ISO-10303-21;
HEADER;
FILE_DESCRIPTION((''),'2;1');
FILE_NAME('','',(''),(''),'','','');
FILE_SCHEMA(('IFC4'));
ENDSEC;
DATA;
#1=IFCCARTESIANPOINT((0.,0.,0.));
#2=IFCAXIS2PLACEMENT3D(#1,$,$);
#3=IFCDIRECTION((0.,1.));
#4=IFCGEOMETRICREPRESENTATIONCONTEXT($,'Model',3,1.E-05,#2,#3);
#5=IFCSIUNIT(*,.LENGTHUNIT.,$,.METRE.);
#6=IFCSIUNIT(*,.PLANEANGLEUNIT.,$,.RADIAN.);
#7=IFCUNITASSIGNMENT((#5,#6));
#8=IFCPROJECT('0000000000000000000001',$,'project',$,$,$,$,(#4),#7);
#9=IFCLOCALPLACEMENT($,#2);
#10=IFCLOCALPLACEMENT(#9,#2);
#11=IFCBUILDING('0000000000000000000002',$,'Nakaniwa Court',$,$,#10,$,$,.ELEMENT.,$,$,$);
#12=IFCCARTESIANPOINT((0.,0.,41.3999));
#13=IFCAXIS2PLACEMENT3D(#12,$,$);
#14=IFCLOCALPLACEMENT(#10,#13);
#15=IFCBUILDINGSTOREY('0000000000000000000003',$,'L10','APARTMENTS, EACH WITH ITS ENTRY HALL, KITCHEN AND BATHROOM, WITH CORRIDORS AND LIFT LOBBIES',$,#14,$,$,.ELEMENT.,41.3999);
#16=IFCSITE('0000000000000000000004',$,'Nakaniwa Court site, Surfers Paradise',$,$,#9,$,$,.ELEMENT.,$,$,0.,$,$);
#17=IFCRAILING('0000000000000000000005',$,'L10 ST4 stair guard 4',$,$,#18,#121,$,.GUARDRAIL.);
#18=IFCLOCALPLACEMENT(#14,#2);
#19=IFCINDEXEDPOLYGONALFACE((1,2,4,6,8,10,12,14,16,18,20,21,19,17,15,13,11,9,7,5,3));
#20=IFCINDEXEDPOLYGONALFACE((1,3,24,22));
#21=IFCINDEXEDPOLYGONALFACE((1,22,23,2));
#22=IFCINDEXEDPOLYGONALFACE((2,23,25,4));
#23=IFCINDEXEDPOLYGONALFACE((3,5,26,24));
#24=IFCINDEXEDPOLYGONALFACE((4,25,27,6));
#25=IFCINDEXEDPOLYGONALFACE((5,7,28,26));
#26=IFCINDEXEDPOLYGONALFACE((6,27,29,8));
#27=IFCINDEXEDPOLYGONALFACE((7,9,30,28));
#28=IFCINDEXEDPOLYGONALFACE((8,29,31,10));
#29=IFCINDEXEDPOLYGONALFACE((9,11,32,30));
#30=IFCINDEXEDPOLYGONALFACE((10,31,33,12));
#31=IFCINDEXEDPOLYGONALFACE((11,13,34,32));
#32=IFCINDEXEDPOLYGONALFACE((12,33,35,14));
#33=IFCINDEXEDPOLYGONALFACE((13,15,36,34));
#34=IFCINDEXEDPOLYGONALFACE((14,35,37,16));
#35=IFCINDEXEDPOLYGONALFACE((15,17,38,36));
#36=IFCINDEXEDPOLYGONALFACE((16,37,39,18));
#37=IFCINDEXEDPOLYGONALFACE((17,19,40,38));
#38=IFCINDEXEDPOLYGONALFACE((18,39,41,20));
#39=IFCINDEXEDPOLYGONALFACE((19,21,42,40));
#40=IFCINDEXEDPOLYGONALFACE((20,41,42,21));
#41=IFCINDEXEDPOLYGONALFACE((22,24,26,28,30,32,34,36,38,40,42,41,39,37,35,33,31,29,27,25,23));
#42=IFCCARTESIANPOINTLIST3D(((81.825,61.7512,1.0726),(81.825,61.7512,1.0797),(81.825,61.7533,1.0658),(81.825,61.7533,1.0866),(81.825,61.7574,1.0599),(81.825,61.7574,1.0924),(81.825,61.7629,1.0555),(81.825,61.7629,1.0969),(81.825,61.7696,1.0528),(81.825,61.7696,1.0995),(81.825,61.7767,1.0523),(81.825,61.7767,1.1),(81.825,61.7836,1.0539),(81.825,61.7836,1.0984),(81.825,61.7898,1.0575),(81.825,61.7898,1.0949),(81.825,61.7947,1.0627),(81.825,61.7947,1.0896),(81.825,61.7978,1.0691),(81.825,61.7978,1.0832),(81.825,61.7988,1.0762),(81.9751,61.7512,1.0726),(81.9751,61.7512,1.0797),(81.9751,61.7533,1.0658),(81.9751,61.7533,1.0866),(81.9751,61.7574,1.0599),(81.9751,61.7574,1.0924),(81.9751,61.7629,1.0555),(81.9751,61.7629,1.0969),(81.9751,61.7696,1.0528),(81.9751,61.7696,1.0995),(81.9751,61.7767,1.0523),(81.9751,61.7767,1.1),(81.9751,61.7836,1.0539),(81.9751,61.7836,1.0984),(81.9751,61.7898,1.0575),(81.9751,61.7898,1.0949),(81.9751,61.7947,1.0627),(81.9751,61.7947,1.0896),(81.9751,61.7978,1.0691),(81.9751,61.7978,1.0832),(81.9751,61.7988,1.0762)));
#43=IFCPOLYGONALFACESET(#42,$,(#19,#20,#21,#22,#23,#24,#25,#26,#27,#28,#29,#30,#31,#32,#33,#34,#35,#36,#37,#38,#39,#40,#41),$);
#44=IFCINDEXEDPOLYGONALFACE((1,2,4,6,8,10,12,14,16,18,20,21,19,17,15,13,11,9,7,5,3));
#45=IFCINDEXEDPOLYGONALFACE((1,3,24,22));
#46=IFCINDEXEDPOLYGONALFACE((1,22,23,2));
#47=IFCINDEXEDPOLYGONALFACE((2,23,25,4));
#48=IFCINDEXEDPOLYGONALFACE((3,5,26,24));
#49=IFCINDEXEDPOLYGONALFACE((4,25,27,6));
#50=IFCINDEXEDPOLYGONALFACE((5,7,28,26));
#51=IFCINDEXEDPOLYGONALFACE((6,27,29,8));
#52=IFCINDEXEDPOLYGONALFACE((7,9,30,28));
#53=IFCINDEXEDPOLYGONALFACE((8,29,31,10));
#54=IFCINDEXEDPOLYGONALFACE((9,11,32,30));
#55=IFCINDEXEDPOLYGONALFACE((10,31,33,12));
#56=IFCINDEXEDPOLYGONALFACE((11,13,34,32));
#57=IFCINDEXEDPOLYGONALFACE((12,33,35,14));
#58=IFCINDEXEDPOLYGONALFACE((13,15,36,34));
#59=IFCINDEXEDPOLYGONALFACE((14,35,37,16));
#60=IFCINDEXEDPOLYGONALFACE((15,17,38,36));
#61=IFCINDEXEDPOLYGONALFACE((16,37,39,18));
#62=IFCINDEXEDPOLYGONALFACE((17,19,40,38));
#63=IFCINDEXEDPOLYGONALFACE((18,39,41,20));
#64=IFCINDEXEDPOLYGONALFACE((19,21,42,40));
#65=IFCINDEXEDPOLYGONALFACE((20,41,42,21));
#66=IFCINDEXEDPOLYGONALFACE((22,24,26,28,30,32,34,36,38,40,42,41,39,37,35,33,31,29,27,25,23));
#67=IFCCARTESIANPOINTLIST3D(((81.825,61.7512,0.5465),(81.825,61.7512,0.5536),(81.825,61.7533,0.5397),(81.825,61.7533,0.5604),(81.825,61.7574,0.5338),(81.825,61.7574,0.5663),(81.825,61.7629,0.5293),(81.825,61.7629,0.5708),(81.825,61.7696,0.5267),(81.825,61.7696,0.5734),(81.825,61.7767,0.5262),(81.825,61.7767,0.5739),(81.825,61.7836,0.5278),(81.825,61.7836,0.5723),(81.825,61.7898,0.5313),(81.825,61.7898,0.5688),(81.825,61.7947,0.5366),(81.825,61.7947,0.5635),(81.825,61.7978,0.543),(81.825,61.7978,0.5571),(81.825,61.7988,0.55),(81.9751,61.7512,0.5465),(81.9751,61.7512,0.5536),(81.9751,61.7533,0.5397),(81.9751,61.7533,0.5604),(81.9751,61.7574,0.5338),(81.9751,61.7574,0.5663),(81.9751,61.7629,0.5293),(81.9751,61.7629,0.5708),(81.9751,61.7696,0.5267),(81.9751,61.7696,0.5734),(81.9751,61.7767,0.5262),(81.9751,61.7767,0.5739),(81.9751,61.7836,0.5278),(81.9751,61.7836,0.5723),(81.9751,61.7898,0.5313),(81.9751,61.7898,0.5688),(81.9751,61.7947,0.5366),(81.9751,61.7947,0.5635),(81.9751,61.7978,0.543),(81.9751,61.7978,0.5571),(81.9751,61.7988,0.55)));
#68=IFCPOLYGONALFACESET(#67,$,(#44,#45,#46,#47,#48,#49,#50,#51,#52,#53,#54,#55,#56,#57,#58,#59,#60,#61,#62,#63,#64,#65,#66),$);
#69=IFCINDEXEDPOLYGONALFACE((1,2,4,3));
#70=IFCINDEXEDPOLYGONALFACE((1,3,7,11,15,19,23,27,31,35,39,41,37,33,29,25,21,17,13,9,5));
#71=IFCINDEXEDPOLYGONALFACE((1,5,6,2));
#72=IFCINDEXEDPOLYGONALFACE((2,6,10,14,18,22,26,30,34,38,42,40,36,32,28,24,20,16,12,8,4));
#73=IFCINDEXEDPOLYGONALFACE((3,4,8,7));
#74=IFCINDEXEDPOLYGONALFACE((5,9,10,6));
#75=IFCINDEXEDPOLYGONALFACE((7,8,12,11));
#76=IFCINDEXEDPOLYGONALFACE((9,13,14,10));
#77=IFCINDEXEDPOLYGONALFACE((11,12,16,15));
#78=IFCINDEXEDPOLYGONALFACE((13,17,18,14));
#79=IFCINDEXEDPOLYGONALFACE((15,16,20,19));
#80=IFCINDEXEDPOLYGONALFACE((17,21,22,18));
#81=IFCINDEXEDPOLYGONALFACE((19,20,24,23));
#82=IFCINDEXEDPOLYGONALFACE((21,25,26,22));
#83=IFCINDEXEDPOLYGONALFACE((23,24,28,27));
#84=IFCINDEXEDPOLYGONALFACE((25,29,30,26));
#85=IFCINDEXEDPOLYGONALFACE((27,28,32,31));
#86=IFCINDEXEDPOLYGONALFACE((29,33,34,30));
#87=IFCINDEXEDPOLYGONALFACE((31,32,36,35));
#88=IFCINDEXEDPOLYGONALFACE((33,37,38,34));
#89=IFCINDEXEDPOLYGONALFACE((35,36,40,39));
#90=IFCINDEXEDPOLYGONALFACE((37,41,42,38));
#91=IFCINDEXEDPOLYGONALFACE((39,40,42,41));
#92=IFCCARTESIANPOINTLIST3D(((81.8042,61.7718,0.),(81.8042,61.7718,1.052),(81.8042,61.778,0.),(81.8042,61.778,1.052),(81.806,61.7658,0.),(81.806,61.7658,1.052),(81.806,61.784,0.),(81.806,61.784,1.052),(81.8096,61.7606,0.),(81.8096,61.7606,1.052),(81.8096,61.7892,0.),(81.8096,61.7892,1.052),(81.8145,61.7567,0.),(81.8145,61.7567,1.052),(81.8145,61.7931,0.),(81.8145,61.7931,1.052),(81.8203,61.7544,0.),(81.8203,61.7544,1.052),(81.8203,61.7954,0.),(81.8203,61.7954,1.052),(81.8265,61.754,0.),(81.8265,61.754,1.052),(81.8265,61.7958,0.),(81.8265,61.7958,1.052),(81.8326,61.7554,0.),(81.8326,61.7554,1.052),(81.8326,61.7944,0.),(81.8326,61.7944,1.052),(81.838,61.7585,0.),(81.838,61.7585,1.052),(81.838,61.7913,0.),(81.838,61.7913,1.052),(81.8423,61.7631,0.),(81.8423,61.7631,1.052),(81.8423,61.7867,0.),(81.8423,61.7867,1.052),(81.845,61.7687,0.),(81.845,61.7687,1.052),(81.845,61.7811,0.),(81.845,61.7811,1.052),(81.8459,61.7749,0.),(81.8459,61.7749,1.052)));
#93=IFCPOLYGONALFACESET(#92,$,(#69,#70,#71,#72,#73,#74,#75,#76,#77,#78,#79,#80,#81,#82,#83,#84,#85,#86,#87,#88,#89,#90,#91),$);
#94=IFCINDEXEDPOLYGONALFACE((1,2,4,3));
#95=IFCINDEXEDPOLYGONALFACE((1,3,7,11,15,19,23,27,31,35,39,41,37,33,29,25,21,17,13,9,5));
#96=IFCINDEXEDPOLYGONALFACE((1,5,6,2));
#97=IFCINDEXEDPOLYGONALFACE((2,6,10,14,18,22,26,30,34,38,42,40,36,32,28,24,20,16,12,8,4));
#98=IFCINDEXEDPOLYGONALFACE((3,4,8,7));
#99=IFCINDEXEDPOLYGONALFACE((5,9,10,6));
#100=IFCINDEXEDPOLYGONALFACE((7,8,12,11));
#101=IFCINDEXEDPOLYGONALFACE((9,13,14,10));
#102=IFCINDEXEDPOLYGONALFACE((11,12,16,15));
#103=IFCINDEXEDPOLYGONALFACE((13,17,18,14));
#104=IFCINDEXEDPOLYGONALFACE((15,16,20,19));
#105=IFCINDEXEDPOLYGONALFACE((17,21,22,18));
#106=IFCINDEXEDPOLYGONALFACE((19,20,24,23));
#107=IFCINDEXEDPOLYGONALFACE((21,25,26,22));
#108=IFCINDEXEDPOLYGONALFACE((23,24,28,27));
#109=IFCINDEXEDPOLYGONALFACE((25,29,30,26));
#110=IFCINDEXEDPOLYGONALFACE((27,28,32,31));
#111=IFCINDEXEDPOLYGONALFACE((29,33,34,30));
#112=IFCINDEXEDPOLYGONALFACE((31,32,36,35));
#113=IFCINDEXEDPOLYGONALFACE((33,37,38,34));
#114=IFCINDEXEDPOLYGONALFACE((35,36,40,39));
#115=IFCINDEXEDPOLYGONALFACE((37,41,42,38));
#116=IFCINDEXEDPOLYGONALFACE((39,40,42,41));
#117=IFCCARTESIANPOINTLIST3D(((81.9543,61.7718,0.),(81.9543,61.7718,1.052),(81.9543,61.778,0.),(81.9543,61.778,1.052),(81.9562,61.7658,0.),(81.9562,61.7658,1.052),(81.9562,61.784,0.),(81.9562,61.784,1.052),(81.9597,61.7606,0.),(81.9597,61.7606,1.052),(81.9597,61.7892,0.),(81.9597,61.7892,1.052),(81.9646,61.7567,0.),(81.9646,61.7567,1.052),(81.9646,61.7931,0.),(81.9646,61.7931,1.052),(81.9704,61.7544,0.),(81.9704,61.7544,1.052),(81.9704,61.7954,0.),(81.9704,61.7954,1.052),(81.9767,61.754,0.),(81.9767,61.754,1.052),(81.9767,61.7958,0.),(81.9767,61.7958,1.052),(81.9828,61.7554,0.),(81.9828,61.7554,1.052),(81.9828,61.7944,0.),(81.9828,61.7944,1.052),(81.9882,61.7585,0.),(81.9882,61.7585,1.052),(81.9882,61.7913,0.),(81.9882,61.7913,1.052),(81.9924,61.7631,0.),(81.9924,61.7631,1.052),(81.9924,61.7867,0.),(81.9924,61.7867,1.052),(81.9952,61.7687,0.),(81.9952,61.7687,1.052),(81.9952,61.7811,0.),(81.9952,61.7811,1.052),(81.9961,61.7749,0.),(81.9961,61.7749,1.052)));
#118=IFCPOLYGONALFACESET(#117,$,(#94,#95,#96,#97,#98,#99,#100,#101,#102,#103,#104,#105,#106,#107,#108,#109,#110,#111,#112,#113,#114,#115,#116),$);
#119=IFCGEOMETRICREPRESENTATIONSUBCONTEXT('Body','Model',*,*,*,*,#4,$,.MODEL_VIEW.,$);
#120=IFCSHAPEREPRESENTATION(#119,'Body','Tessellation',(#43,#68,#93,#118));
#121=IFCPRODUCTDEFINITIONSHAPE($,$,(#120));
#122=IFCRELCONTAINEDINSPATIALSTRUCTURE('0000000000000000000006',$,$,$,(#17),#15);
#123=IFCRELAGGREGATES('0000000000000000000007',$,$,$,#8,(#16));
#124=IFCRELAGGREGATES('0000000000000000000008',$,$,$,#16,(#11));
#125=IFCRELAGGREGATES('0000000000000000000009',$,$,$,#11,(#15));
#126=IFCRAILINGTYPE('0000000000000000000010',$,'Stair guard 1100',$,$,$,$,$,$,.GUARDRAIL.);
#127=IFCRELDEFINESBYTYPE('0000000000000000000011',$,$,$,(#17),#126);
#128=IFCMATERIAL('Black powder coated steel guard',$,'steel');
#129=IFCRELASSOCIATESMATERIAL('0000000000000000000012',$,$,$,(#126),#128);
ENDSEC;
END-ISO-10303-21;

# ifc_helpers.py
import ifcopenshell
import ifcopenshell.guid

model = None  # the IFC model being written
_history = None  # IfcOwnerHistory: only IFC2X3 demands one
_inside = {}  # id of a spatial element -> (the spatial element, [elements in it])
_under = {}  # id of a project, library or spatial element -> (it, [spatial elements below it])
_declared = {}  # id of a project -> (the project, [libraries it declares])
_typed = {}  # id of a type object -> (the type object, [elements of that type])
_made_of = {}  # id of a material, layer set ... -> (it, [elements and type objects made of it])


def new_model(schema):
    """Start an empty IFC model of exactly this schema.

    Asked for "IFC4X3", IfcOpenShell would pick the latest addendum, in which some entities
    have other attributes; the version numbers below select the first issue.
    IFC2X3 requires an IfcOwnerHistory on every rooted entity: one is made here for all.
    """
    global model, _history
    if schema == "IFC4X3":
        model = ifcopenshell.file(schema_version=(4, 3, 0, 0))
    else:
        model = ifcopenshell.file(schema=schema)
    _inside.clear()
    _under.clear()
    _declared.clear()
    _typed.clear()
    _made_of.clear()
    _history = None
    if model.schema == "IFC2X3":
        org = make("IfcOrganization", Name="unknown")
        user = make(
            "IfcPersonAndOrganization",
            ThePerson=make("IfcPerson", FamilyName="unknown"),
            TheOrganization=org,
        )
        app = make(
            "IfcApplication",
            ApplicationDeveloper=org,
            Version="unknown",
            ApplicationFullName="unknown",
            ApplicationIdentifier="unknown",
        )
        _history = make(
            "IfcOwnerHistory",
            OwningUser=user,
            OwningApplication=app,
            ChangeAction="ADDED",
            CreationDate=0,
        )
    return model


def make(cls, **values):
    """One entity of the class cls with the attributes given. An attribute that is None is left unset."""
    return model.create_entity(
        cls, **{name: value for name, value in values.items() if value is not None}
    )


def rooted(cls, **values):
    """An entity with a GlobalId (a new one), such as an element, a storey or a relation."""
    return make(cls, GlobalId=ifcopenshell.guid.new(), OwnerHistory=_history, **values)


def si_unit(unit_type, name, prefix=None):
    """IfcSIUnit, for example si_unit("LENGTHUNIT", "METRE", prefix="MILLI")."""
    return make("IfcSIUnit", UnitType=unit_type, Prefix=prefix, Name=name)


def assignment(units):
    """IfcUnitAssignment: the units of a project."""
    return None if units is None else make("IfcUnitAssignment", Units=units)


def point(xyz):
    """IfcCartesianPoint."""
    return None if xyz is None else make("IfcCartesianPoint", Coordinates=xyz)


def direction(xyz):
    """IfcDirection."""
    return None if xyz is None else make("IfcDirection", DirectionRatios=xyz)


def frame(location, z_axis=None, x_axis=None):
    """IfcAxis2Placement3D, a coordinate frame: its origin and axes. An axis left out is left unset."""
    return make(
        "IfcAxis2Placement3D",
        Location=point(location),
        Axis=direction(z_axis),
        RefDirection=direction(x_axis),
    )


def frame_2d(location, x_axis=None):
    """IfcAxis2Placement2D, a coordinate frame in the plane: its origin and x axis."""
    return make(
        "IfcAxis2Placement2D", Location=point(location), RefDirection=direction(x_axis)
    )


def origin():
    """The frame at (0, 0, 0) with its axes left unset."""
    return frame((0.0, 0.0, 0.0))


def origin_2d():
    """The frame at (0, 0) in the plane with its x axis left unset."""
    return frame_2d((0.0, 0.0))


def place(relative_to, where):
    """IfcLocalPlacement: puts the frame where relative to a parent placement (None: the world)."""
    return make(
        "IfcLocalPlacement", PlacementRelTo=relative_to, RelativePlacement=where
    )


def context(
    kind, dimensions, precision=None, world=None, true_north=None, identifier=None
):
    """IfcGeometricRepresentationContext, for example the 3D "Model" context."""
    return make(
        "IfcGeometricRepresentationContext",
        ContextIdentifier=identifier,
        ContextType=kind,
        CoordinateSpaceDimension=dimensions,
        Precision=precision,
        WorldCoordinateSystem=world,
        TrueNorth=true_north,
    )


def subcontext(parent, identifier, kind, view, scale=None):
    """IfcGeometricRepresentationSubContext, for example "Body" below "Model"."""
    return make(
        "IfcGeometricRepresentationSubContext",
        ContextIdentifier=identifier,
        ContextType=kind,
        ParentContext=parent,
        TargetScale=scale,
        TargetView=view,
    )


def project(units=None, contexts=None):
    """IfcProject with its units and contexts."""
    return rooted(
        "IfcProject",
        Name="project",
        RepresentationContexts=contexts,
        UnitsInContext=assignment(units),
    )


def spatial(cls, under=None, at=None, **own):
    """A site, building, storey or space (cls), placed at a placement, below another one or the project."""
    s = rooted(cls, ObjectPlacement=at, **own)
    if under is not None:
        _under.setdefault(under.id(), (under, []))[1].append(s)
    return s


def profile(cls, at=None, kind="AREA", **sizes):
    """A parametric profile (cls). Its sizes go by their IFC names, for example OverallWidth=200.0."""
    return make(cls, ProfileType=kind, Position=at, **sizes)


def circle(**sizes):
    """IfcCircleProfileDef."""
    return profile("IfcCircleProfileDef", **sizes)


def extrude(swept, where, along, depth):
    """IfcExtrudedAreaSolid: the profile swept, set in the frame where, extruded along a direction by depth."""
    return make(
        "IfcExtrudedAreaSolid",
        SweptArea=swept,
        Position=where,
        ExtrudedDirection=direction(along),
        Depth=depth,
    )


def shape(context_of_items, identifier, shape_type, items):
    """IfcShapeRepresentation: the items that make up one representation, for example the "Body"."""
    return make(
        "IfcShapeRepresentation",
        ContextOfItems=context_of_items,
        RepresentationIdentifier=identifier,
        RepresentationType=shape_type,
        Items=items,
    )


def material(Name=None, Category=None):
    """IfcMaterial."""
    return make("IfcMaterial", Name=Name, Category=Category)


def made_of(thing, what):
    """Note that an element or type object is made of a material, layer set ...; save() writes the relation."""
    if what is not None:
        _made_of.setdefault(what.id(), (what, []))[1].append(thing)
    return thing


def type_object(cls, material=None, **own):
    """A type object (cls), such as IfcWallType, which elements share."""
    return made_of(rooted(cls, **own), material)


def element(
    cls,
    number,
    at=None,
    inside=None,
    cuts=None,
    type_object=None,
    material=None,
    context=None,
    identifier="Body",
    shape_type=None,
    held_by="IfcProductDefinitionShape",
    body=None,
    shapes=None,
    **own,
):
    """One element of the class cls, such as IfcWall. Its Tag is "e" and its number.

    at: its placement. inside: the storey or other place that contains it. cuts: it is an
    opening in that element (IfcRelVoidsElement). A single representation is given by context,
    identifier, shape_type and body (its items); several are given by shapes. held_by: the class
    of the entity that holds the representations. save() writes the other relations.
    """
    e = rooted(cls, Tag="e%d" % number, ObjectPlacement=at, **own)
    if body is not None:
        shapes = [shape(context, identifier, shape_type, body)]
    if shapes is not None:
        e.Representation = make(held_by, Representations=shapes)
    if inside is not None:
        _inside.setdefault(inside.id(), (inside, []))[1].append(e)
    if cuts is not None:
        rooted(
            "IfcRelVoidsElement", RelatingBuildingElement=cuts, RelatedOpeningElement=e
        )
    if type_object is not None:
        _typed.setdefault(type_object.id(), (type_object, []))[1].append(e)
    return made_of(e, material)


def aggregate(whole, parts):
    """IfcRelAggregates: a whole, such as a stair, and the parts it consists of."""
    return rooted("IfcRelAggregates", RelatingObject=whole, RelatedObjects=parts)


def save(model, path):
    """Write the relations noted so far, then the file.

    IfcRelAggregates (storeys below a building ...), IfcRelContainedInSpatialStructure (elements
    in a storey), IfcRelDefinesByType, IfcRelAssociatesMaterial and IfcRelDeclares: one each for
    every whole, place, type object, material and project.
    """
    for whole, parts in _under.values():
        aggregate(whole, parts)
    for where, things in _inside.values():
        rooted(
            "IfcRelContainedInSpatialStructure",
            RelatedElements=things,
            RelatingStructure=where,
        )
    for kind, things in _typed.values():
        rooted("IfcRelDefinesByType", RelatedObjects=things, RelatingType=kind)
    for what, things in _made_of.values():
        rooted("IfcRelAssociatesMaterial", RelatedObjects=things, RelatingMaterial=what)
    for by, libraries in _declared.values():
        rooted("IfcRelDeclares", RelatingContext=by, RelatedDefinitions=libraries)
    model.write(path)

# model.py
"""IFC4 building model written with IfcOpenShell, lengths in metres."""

from ifc_helpers import new_model, si_unit, direction, frame, origin, origin_2d, place, context, subcontext, project, spatial, circle, extrude, material, type_object, element, save


model = new_model("IFC4")

# Units and contexts
model_context = context("Model", 3, precision=1e-05, world=origin(), true_north=direction((0.0, 1.0)))
body_context = subcontext(model_context, "Body", "Model", "MODEL_VIEW")
ifc_project = project(units=[si_unit("LENGTHUNIT", "METRE"), si_unit("PLANEANGLEUNIT", "RADIAN")], contexts=[model_context])

# Site, building, storey
site_placement = place(None, origin())
site = spatial("IfcSite", under=ifc_project, at=site_placement, Name="Nakaniwa Court site, Surfers Paradise", CompositionType="ELEMENT", RefElevation=0.0)
building_placement = place(site_placement, origin())
building = spatial("IfcBuilding", under=site, at=building_placement, Name="Nakaniwa Court", CompositionType="ELEMENT")
storey_placement = place(building_placement, frame((0.0, 0.0, 41.3999)))
storey = spatial("IfcBuildingStorey", under=building, at=storey_placement, Name="L10", Description="APARTMENTS, EACH WITH ITS ENTRY HALL, KITCHEN AND BATHROOM, WITH CORRIDORS AND LIFT LOBBIES", CompositionType="ELEMENT", Elevation=41.3999)

# Railing
ifc_material_1 = material(Name="Black powder coated steel guard", Category="steel")
railing_type_1 = type_object("IfcRailingType", Name="Stair guard 1100", PredefinedType="GUARDRAIL", material=ifc_material_1)
railing_1_placement = place(storey_placement, frame((81.825, 61.7749, 0.0)))
element("IfcRailing", 1, at=railing_1_placement, inside=storey, type_object=railing_type_1, Name="L10 ST4 stair guard 4", PredefinedType="GUARDRAIL", context=body_context, shape_type="SweptSolid", body=[
    extrude(circle(Radius=0.0239, at=origin_2d()), frame((0.0, 0.0, 1.0762), z_axis=(1.0, 0.0, 0.0), x_axis=(0.0, 1.0, 0.0)), (0.0, 0.0, 1.0), 0.1501),
    extrude(circle(Radius=0.0239, at=origin_2d()), frame((0.0, 0.0, 0.55), z_axis=(1.0, 0.0, 0.0), x_axis=(0.0, 1.0, 0.0)), (0.0, 0.0, 1.0), 0.1501),
    extrude(circle(Radius=0.021, at=origin_2d()), origin(), (0.0, 0.0, 1.0), 1.052),
    extrude(circle(Radius=0.021, at=origin_2d()), frame((0.1501, 0.0, 0.0)), (0.0, 0.0, 1.0), 1.052),
])

save(model, "model.ifc")
